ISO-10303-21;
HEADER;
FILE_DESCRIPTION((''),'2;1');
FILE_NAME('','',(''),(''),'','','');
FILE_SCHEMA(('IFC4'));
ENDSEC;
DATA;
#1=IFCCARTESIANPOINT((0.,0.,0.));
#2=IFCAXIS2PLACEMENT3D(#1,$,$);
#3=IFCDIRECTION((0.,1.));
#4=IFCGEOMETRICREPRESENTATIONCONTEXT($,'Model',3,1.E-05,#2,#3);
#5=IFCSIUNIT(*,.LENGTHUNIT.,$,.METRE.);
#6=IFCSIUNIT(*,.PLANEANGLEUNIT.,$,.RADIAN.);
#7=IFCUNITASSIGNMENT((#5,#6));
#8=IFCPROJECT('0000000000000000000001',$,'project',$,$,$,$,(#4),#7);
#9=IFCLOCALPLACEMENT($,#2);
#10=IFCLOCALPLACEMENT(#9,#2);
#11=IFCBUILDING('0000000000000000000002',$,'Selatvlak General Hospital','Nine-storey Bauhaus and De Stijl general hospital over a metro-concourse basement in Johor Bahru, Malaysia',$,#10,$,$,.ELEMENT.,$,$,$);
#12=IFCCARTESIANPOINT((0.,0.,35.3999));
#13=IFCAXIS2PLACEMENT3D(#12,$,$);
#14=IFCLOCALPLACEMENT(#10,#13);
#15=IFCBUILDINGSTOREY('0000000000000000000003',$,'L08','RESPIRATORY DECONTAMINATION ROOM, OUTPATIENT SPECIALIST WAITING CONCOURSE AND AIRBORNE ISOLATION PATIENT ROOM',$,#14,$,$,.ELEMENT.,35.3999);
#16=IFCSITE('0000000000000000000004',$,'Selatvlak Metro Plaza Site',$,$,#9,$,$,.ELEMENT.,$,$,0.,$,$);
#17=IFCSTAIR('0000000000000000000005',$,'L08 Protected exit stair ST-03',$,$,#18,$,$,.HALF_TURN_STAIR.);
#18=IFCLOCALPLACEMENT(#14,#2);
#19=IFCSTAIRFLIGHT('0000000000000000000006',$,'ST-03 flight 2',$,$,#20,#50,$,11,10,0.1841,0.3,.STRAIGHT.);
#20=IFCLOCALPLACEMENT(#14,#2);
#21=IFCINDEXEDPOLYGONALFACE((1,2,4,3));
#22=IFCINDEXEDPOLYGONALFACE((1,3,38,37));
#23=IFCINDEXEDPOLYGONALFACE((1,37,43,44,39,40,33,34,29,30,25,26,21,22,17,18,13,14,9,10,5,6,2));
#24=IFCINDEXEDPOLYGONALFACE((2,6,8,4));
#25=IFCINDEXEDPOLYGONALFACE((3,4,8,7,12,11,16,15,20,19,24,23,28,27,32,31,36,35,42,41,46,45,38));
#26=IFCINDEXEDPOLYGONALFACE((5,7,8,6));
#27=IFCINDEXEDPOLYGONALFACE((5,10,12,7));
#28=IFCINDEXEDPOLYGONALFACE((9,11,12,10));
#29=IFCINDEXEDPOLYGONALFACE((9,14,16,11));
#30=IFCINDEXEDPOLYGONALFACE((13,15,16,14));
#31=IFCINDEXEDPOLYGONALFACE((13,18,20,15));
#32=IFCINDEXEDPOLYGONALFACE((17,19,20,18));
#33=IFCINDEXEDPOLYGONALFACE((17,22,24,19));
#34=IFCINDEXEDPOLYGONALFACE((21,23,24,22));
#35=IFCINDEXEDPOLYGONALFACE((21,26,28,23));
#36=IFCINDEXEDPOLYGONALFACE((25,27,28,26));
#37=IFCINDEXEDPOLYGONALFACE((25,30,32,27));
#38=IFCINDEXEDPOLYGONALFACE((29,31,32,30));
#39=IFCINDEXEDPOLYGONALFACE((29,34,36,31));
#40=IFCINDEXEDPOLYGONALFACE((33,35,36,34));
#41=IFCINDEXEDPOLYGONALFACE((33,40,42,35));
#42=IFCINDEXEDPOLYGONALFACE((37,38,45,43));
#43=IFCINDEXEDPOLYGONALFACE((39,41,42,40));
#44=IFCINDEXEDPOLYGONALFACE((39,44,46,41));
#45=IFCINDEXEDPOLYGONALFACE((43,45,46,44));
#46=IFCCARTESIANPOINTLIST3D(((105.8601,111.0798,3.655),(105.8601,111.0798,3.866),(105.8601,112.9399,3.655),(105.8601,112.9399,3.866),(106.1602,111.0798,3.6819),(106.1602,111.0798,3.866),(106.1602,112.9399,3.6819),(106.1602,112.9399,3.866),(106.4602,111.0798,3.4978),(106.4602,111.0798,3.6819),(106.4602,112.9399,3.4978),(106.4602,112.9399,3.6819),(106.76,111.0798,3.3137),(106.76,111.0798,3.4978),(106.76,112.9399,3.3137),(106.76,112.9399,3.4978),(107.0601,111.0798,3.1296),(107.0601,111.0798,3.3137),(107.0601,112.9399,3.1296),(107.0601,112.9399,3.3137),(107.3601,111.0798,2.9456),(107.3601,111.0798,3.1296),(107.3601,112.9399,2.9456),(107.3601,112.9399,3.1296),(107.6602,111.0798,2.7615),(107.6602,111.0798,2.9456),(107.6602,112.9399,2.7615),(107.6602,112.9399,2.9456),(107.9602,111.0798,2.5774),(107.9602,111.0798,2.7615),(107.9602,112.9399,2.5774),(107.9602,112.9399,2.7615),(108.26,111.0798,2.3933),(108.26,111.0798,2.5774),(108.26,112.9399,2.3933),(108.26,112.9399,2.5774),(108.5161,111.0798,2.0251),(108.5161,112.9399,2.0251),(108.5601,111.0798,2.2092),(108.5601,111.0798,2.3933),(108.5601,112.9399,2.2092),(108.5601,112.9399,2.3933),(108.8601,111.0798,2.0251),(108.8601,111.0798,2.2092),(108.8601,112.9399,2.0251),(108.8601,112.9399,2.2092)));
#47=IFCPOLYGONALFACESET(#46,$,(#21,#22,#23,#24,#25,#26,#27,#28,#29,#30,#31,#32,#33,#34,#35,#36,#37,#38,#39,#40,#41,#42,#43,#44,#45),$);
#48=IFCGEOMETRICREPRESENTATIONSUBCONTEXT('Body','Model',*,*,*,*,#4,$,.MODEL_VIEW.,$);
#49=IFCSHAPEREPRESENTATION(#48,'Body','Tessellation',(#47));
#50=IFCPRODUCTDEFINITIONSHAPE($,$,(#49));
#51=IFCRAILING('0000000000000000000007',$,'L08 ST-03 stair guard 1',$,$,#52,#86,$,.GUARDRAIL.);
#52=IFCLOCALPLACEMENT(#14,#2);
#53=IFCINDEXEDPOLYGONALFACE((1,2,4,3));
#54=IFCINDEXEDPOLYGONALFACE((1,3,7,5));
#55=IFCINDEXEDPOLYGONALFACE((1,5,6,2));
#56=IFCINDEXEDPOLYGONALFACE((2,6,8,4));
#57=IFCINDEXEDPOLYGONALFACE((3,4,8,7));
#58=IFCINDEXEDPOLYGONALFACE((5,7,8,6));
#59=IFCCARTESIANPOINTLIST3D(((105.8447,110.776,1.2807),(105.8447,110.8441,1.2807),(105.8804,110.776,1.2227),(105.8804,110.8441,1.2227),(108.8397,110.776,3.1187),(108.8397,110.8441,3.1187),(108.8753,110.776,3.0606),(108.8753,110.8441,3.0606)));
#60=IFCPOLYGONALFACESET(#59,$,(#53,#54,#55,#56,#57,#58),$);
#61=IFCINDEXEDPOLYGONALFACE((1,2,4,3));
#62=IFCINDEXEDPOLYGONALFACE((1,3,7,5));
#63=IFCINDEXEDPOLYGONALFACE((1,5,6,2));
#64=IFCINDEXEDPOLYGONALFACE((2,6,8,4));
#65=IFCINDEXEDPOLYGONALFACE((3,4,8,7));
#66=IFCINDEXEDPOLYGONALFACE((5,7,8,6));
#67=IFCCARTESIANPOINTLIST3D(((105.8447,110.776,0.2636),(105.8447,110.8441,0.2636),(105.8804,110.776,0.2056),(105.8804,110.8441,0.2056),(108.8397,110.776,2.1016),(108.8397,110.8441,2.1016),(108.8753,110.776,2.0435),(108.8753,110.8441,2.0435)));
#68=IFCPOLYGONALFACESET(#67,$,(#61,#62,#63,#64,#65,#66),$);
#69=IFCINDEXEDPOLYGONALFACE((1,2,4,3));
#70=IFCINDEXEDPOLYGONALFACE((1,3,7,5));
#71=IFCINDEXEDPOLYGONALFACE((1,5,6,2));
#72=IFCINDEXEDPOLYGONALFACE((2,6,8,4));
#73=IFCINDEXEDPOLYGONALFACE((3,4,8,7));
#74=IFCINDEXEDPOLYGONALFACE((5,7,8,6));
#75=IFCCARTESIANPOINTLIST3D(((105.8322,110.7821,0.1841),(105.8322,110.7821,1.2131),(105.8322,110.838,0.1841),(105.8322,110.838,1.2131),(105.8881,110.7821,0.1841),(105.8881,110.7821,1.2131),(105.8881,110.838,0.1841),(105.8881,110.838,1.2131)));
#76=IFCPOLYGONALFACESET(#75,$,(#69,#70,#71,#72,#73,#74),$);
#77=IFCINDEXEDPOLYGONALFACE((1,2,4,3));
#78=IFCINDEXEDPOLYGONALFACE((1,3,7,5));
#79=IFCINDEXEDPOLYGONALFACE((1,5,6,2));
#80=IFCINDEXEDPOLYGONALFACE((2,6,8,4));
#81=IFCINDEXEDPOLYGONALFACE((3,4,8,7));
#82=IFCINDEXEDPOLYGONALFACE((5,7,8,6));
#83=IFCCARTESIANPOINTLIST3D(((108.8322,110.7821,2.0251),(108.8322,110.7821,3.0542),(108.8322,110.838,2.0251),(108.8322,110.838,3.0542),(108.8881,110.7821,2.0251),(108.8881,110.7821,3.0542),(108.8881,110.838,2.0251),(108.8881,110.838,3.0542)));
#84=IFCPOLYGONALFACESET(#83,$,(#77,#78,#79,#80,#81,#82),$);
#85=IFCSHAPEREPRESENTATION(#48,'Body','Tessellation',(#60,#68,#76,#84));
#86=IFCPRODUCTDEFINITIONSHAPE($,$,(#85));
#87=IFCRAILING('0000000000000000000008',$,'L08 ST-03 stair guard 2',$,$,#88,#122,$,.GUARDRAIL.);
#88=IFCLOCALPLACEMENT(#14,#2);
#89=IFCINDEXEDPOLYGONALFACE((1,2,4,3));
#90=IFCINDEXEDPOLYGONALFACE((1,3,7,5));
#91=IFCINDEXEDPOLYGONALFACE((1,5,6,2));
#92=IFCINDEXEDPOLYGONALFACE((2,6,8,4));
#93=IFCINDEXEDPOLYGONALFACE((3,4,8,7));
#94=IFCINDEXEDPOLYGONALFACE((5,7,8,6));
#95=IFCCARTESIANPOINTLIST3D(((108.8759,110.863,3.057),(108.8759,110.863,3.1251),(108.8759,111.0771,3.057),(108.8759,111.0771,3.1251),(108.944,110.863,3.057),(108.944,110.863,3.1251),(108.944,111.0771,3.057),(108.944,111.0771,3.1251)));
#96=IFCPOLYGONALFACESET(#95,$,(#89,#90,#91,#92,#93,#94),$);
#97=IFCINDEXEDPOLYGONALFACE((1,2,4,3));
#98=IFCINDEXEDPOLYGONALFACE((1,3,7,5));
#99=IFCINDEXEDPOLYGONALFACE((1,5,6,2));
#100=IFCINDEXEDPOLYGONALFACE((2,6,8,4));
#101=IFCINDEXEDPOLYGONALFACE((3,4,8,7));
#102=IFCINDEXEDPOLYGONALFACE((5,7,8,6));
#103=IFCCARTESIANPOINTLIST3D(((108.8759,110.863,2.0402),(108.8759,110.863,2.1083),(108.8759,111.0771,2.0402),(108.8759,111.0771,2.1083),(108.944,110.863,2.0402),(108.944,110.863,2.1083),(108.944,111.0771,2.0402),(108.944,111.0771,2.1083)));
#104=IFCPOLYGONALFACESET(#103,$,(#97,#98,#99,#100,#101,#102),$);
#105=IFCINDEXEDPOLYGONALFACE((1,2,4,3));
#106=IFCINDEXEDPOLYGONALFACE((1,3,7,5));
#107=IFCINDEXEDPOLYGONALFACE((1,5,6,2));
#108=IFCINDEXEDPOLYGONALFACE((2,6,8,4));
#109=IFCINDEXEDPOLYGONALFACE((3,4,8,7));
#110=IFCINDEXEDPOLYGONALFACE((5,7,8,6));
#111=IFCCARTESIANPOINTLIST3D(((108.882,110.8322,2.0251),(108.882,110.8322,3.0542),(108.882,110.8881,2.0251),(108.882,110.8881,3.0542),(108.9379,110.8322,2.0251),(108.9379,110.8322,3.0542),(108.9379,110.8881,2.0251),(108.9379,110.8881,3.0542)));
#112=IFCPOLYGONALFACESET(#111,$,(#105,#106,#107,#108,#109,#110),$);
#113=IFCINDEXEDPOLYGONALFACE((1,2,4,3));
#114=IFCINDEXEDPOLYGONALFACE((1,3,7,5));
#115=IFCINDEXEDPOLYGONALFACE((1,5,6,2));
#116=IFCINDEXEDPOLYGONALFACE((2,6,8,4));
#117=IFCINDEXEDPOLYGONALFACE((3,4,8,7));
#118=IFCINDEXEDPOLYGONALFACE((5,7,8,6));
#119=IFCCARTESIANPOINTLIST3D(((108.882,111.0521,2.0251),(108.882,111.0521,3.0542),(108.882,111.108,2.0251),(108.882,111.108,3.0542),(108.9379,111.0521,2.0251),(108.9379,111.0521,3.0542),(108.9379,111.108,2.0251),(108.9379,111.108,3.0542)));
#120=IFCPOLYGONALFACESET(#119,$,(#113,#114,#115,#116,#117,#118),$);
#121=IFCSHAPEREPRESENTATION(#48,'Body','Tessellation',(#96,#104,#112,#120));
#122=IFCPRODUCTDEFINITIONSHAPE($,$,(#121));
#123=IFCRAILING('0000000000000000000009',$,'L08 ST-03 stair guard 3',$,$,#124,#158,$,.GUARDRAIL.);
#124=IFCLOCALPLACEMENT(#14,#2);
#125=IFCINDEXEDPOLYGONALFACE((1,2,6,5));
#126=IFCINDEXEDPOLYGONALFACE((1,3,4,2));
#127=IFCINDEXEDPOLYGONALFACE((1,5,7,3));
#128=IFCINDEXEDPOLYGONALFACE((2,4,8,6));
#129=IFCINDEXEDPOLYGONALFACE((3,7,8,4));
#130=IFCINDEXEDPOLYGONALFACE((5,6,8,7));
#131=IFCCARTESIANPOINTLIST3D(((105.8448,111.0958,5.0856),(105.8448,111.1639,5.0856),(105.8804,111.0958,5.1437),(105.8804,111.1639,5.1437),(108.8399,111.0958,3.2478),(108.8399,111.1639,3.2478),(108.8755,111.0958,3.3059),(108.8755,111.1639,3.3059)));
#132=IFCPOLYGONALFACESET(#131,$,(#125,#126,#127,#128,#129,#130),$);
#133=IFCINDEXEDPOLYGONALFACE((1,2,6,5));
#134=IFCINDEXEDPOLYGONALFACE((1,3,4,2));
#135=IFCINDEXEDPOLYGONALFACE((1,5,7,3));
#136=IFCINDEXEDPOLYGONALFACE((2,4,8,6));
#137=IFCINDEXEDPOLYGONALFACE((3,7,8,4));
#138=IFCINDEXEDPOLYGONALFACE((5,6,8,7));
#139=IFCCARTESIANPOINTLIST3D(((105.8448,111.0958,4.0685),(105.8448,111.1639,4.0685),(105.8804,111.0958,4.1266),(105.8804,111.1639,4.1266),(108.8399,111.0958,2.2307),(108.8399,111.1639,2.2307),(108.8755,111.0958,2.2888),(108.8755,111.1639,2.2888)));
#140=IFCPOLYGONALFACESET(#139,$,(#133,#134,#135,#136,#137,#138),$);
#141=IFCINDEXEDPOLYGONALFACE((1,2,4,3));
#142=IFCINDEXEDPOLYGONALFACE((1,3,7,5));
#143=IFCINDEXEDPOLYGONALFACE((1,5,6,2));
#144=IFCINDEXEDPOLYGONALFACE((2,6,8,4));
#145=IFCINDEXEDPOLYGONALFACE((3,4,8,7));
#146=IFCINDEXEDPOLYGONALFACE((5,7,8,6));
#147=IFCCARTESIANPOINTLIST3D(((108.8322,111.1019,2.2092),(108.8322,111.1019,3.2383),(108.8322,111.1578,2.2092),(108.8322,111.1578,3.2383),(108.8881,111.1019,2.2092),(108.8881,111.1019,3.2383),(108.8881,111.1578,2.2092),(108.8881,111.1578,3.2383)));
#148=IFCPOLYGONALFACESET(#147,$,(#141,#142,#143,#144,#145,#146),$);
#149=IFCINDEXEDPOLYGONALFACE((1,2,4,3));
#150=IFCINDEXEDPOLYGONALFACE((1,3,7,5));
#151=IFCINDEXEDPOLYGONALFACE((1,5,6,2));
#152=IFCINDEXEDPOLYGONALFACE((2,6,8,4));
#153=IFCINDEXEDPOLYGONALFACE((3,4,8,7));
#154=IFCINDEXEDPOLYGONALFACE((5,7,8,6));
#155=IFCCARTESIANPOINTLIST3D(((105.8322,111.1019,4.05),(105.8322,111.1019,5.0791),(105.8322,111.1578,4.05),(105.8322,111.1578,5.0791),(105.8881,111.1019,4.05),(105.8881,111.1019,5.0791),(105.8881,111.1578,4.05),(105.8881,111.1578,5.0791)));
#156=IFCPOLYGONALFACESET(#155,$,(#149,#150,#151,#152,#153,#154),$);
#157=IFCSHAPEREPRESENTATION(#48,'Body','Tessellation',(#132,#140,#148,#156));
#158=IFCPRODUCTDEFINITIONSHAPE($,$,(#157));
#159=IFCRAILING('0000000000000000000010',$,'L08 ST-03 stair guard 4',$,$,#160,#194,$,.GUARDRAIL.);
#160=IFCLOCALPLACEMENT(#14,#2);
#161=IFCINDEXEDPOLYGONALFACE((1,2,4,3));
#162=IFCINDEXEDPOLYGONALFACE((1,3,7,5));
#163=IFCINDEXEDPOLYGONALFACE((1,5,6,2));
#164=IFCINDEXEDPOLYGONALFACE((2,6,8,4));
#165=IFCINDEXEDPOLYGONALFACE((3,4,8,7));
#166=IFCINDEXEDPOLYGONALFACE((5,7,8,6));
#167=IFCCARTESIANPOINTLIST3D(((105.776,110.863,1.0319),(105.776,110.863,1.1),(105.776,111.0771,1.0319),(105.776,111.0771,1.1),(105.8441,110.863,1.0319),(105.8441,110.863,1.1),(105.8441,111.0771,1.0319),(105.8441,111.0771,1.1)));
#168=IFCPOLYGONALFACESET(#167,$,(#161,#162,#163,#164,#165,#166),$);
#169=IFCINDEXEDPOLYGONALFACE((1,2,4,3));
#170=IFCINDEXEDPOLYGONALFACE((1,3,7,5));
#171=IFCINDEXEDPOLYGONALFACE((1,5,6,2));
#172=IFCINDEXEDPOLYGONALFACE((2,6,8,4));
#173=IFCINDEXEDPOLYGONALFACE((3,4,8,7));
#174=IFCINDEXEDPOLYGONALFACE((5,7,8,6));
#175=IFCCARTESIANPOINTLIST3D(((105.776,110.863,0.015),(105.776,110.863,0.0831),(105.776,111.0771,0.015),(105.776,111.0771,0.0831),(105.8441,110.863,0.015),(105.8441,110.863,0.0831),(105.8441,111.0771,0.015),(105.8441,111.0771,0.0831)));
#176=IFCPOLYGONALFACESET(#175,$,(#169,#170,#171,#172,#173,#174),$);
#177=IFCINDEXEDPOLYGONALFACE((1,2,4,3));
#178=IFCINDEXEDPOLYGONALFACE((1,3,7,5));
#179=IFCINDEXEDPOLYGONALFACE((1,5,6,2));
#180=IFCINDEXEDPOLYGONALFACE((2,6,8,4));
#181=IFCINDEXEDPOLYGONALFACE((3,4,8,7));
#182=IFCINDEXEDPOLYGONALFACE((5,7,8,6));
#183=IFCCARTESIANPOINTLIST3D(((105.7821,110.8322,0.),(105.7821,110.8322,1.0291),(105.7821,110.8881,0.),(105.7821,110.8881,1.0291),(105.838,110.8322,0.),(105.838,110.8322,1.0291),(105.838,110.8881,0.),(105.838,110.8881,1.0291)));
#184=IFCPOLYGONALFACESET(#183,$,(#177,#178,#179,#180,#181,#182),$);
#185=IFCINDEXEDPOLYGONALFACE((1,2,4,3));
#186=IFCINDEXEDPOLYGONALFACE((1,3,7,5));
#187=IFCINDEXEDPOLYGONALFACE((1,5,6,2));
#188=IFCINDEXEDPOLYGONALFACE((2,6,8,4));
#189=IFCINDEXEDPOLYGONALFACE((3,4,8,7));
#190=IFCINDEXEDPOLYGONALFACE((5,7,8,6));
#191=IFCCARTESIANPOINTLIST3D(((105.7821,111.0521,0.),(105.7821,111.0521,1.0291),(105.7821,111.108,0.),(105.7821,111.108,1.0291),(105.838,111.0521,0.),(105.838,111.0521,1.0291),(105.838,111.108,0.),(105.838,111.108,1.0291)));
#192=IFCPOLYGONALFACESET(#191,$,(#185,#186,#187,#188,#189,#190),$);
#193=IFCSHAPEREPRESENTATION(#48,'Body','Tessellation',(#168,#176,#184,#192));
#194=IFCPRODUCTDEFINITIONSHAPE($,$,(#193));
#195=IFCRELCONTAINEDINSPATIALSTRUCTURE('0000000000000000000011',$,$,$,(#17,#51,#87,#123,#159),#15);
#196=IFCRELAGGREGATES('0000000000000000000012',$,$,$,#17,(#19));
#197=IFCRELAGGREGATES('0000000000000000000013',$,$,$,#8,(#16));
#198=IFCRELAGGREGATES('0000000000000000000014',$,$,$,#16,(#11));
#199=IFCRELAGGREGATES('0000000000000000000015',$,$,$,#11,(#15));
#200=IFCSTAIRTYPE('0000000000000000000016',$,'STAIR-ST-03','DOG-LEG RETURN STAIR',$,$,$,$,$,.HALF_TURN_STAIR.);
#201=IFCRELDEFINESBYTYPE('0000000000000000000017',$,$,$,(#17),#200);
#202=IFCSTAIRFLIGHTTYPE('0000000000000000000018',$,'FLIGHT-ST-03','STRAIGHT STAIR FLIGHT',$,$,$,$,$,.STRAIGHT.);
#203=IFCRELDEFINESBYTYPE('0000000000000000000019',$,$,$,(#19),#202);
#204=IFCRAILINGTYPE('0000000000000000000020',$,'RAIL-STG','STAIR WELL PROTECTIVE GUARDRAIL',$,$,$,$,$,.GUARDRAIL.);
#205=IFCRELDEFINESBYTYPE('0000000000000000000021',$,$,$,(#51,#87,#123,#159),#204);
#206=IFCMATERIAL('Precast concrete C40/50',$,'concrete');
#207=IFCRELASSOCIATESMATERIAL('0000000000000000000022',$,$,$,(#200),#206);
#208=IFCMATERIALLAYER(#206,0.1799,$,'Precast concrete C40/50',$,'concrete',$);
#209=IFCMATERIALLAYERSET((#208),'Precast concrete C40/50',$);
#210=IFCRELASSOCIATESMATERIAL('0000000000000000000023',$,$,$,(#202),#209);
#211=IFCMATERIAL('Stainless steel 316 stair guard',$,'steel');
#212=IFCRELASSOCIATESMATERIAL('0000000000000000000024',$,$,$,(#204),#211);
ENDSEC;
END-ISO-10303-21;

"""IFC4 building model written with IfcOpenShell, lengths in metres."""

from ifc_helpers import new_model, si_unit, direction, frame, origin, origin_2d, place, context, subcontext, project, spatial, polyline, rectangle, outline, extrude, material, layer, layer_set, type_object, element, aggregate, save


model = new_model("IFC4")

# Units and contexts
model_context = context("Model", 3, precision=1e-05, world=origin(), true_north=direction((0.0, 1.0)))
body_context = subcontext(model_context, "Body", "Model", "MODEL_VIEW")
ifc_project = project(units=[si_unit("LENGTHUNIT", "METRE"), si_unit("PLANEANGLEUNIT", "RADIAN")], contexts=[model_context])

# Site, building, storey
site_placement = place(None, origin())
site = spatial("IfcSite", under=ifc_project, at=site_placement, Name="Selatvlak Metro Plaza Site", CompositionType="ELEMENT", RefElevation=0.0)
building_placement = place(site_placement, origin())
building = spatial("IfcBuilding", under=site, at=building_placement, Name="Selatvlak General Hospital", Description="Nine-storey Bauhaus and De Stijl general hospital over a metro-concourse basement in Johor Bahru, Malaysia", CompositionType="ELEMENT")
storey_placement = place(building_placement, frame((0.0, 0.0, 35.3999)))
storey = spatial("IfcBuildingStorey", under=building, at=storey_placement, Name="L08", Description="RESPIRATORY DECONTAMINATION ROOM, OUTPATIENT SPECIALIST WAITING CONCOURSE AND AIRBORNE ISOLATION PATIENT ROOM", CompositionType="ELEMENT", Elevation=35.3999)

# Stair, stair flight
ifc_material_1 = material(Name="Precast concrete C40/50", Category="concrete")
stair_type = type_object("IfcStairType", Name="STAIR-ST-03", Description="DOG-LEG RETURN STAIR", PredefinedType="HALF_TURN_STAIR", material=ifc_material_1)
stair_placement = place(storey_placement, origin())
stair = element("IfcStair", 1, at=stair_placement, inside=storey, type_object=stair_type, Name="L08 Protected exit stair ST-03", PredefinedType="HALF_TURN_STAIR")
ifc_layer_1 = layer(ifc_material_1, 0.1799, Name="Precast concrete C40/50", Category="concrete")
ifc_layer_set_1 = layer_set([ifc_layer_1], Name="Precast concrete C40/50")
stair_flight_type = type_object("IfcStairFlightType", Name="FLIGHT-ST-03", Description="STRAIGHT STAIR FLIGHT", PredefinedType="STRAIGHT", material=ifc_layer_set_1)
stair_flight_1_placement = place(storey_placement, frame((108.8601, 112.01, 2.0251), z_axis=(0.0, 0.0, 1.0), x_axis=(-1.0, 0.0, 0.0)))
stair_flight_1 = element("IfcStairFlight", 2, at=stair_flight_1_placement, type_object=stair_flight_type, Name="ST-03 flight 2", NumberOfRisers=11, NumberOfTreads=10, PredefinedType="STRAIGHT", RiserHeight=0.1841, TreadLength=0.3, context=body_context, shape_type="SweptSolid", body=[
    extrude(outline(polyline([(0.0, 0.0), (0.0, 0.1841), (0.3, 0.1841), (0.3, 0.3682), (0.6001, 0.3682), (0.6001, 0.5522), (0.8999, 0.5522), (0.8999, 0.7363), (1.2, 0.7363), (1.2, 0.9204), (1.5, 0.9204), (1.5, 1.1045), (1.8, 1.1045), (1.8, 1.2886), (2.1001, 1.2886), (2.1001, 1.4727), (2.3999, 1.4727), (2.3999, 1.6567), (2.7, 1.6567), (2.7, 1.8408), (3.0, 1.8408), (3.0, 2.0249), (3.0, 1.6299), (0.344, 0.0), (0.0, 0.0)])), frame((0.0, 0.9302, 0.0), z_axis=(0.0, -1.0, 0.0), x_axis=(1.0, 0.0, 0.0)), (0.0, 0.0, 1.0), 1.8601),
])
aggregate(stair, [stair_flight_1])

# Railings
ifc_material_2 = material(Name="Stainless steel 316 stair guard", Category="steel")
railing_type_1 = type_object("IfcRailingType", Name="RAIL-STG", Description="STAIR WELL PROTECTIVE GUARDRAIL", PredefinedType="GUARDRAIL", material=ifc_material_2)
railing_1_placement = place(storey_placement, frame((105.8601, 110.8101, 0.1841)))
element("IfcRailing", 3, at=railing_1_placement, inside=storey, type_object=railing_type_1, Name="L08 ST-03 stair guard 1", PredefinedType="GUARDRAIL", context=body_context, shape_type="SweptSolid", body=[
    extrude(rectangle(XDim=0.0681, YDim=0.0681, at=origin_2d()), frame((0.0024, 0.0, 1.0676), z_axis=(0.852303, 0.0, 0.523048), x_axis=(0.0, 1.0, 0.0)), (0.0, 0.0, 1.0), 3.5139),
    extrude(rectangle(XDim=0.0681, YDim=0.0681, at=origin_2d()), frame((0.0024, 0.0, 0.0505), z_axis=(0.852303, 0.0, 0.523048), x_axis=(0.0, 1.0, 0.0)), (0.0, 0.0, 1.0), 3.5139),
    extrude(rectangle(XDim=0.0559, YDim=0.0559, at=origin_2d()), origin(), (0.0, 0.0, 1.0), 1.0291),
    extrude(rectangle(XDim=0.0559, YDim=0.0559, at=origin_2d()), frame((3.0, 0.0, 1.8411)), (0.0, 0.0, 1.0), 1.0291),
])
railing_2_placement = place(storey_placement, frame((108.9099, 110.8601, 2.0251)))
element("IfcRailing", 4, at=railing_2_placement, inside=storey, type_object=railing_type_1, Name="L08 ST-03 stair guard 2", PredefinedType="GUARDRAIL", context=body_context, shape_type="SweptSolid", body=[
    extrude(rectangle(XDim=0.0681, YDim=0.0681, at=origin_2d()), frame((0.0, 0.0029, 1.0659), z_axis=(0.0, 1.0, 0.0), x_axis=(-1.0, 0.0, 0.0)), (0.0, 0.0, 1.0), 0.2141),
    extrude(rectangle(XDim=0.0681, YDim=0.0681, at=origin_2d()), frame((0.0, 0.0029, 0.0491), z_axis=(0.0, 1.0, 0.0), x_axis=(-1.0, 0.0, 0.0)), (0.0, 0.0, 1.0), 0.2141),
    extrude(rectangle(XDim=0.0559, YDim=0.0559, at=origin_2d()), origin(), (0.0, 0.0, 1.0), 1.0291),
    extrude(rectangle(XDim=0.0559, YDim=0.0559, at=origin_2d()), frame((0.0, 0.22, 0.0)), (0.0, 0.0, 1.0), 1.0291),
])
railing_3_placement = place(storey_placement, frame((108.8601, 111.1299, 2.2092)))
element("IfcRailing", 5, at=railing_3_placement, inside=storey, type_object=railing_type_1, Name="L08 ST-03 stair guard 3", PredefinedType="GUARDRAIL", context=body_context, shape_type="SweptSolid", body=[
    extrude(rectangle(XDim=0.0681, YDim=0.0681, at=origin_2d()), frame((-0.0024, 0.0, 1.0676), z_axis=(-0.852334, 0.0, 0.522998), x_axis=(0.0, -1.0, 0.0)), (0.0, 0.0, 1.0), 3.5139),
    extrude(rectangle(XDim=0.0681, YDim=0.0681, at=origin_2d()), frame((-0.0024, 0.0, 0.0505), z_axis=(-0.852334, 0.0, 0.522998), x_axis=(0.0, -1.0, 0.0)), (0.0, 0.0, 1.0), 3.5139),
    extrude(rectangle(XDim=0.0559, YDim=0.0559, at=origin_2d()), origin(), (0.0, 0.0, 1.0), 1.0291),
    extrude(rectangle(XDim=0.0559, YDim=0.0559, at=origin_2d()), frame((-3.0, 0.0, 1.8408)), (0.0, 0.0, 1.0), 1.0291),
])
railing_4_placement = place(storey_placement, frame((105.8101, 110.8601, 0.0)))
element("IfcRailing", 6, at=railing_4_placement, inside=storey, type_object=railing_type_1, Name="L08 ST-03 stair guard 4", PredefinedType="GUARDRAIL", context=body_context, shape_type="SweptSolid", body=[
    extrude(rectangle(XDim=0.0681, YDim=0.0681, at=origin_2d()), frame((0.0, 0.0029, 1.0659), z_axis=(0.0, 1.0, 0.0), x_axis=(-1.0, 0.0, 0.0)), (0.0, 0.0, 1.0), 0.2141),
    extrude(rectangle(XDim=0.0681, YDim=0.0681, at=origin_2d()), frame((0.0, 0.0029, 0.0491), z_axis=(0.0, 1.0, 0.0), x_axis=(-1.0, 0.0, 0.0)), (0.0, 0.0, 1.0), 0.2141),
    extrude(rectangle(XDim=0.0559, YDim=0.0559, at=origin_2d()), origin(), (0.0, 0.0, 1.0), 1.0291),
    extrude(rectangle(XDim=0.0559, YDim=0.0559, at=origin_2d()), frame((0.0, 0.22, 0.0)), (0.0, 0.0, 1.0), 1.0291),
])

save(model, "model.ifc")
